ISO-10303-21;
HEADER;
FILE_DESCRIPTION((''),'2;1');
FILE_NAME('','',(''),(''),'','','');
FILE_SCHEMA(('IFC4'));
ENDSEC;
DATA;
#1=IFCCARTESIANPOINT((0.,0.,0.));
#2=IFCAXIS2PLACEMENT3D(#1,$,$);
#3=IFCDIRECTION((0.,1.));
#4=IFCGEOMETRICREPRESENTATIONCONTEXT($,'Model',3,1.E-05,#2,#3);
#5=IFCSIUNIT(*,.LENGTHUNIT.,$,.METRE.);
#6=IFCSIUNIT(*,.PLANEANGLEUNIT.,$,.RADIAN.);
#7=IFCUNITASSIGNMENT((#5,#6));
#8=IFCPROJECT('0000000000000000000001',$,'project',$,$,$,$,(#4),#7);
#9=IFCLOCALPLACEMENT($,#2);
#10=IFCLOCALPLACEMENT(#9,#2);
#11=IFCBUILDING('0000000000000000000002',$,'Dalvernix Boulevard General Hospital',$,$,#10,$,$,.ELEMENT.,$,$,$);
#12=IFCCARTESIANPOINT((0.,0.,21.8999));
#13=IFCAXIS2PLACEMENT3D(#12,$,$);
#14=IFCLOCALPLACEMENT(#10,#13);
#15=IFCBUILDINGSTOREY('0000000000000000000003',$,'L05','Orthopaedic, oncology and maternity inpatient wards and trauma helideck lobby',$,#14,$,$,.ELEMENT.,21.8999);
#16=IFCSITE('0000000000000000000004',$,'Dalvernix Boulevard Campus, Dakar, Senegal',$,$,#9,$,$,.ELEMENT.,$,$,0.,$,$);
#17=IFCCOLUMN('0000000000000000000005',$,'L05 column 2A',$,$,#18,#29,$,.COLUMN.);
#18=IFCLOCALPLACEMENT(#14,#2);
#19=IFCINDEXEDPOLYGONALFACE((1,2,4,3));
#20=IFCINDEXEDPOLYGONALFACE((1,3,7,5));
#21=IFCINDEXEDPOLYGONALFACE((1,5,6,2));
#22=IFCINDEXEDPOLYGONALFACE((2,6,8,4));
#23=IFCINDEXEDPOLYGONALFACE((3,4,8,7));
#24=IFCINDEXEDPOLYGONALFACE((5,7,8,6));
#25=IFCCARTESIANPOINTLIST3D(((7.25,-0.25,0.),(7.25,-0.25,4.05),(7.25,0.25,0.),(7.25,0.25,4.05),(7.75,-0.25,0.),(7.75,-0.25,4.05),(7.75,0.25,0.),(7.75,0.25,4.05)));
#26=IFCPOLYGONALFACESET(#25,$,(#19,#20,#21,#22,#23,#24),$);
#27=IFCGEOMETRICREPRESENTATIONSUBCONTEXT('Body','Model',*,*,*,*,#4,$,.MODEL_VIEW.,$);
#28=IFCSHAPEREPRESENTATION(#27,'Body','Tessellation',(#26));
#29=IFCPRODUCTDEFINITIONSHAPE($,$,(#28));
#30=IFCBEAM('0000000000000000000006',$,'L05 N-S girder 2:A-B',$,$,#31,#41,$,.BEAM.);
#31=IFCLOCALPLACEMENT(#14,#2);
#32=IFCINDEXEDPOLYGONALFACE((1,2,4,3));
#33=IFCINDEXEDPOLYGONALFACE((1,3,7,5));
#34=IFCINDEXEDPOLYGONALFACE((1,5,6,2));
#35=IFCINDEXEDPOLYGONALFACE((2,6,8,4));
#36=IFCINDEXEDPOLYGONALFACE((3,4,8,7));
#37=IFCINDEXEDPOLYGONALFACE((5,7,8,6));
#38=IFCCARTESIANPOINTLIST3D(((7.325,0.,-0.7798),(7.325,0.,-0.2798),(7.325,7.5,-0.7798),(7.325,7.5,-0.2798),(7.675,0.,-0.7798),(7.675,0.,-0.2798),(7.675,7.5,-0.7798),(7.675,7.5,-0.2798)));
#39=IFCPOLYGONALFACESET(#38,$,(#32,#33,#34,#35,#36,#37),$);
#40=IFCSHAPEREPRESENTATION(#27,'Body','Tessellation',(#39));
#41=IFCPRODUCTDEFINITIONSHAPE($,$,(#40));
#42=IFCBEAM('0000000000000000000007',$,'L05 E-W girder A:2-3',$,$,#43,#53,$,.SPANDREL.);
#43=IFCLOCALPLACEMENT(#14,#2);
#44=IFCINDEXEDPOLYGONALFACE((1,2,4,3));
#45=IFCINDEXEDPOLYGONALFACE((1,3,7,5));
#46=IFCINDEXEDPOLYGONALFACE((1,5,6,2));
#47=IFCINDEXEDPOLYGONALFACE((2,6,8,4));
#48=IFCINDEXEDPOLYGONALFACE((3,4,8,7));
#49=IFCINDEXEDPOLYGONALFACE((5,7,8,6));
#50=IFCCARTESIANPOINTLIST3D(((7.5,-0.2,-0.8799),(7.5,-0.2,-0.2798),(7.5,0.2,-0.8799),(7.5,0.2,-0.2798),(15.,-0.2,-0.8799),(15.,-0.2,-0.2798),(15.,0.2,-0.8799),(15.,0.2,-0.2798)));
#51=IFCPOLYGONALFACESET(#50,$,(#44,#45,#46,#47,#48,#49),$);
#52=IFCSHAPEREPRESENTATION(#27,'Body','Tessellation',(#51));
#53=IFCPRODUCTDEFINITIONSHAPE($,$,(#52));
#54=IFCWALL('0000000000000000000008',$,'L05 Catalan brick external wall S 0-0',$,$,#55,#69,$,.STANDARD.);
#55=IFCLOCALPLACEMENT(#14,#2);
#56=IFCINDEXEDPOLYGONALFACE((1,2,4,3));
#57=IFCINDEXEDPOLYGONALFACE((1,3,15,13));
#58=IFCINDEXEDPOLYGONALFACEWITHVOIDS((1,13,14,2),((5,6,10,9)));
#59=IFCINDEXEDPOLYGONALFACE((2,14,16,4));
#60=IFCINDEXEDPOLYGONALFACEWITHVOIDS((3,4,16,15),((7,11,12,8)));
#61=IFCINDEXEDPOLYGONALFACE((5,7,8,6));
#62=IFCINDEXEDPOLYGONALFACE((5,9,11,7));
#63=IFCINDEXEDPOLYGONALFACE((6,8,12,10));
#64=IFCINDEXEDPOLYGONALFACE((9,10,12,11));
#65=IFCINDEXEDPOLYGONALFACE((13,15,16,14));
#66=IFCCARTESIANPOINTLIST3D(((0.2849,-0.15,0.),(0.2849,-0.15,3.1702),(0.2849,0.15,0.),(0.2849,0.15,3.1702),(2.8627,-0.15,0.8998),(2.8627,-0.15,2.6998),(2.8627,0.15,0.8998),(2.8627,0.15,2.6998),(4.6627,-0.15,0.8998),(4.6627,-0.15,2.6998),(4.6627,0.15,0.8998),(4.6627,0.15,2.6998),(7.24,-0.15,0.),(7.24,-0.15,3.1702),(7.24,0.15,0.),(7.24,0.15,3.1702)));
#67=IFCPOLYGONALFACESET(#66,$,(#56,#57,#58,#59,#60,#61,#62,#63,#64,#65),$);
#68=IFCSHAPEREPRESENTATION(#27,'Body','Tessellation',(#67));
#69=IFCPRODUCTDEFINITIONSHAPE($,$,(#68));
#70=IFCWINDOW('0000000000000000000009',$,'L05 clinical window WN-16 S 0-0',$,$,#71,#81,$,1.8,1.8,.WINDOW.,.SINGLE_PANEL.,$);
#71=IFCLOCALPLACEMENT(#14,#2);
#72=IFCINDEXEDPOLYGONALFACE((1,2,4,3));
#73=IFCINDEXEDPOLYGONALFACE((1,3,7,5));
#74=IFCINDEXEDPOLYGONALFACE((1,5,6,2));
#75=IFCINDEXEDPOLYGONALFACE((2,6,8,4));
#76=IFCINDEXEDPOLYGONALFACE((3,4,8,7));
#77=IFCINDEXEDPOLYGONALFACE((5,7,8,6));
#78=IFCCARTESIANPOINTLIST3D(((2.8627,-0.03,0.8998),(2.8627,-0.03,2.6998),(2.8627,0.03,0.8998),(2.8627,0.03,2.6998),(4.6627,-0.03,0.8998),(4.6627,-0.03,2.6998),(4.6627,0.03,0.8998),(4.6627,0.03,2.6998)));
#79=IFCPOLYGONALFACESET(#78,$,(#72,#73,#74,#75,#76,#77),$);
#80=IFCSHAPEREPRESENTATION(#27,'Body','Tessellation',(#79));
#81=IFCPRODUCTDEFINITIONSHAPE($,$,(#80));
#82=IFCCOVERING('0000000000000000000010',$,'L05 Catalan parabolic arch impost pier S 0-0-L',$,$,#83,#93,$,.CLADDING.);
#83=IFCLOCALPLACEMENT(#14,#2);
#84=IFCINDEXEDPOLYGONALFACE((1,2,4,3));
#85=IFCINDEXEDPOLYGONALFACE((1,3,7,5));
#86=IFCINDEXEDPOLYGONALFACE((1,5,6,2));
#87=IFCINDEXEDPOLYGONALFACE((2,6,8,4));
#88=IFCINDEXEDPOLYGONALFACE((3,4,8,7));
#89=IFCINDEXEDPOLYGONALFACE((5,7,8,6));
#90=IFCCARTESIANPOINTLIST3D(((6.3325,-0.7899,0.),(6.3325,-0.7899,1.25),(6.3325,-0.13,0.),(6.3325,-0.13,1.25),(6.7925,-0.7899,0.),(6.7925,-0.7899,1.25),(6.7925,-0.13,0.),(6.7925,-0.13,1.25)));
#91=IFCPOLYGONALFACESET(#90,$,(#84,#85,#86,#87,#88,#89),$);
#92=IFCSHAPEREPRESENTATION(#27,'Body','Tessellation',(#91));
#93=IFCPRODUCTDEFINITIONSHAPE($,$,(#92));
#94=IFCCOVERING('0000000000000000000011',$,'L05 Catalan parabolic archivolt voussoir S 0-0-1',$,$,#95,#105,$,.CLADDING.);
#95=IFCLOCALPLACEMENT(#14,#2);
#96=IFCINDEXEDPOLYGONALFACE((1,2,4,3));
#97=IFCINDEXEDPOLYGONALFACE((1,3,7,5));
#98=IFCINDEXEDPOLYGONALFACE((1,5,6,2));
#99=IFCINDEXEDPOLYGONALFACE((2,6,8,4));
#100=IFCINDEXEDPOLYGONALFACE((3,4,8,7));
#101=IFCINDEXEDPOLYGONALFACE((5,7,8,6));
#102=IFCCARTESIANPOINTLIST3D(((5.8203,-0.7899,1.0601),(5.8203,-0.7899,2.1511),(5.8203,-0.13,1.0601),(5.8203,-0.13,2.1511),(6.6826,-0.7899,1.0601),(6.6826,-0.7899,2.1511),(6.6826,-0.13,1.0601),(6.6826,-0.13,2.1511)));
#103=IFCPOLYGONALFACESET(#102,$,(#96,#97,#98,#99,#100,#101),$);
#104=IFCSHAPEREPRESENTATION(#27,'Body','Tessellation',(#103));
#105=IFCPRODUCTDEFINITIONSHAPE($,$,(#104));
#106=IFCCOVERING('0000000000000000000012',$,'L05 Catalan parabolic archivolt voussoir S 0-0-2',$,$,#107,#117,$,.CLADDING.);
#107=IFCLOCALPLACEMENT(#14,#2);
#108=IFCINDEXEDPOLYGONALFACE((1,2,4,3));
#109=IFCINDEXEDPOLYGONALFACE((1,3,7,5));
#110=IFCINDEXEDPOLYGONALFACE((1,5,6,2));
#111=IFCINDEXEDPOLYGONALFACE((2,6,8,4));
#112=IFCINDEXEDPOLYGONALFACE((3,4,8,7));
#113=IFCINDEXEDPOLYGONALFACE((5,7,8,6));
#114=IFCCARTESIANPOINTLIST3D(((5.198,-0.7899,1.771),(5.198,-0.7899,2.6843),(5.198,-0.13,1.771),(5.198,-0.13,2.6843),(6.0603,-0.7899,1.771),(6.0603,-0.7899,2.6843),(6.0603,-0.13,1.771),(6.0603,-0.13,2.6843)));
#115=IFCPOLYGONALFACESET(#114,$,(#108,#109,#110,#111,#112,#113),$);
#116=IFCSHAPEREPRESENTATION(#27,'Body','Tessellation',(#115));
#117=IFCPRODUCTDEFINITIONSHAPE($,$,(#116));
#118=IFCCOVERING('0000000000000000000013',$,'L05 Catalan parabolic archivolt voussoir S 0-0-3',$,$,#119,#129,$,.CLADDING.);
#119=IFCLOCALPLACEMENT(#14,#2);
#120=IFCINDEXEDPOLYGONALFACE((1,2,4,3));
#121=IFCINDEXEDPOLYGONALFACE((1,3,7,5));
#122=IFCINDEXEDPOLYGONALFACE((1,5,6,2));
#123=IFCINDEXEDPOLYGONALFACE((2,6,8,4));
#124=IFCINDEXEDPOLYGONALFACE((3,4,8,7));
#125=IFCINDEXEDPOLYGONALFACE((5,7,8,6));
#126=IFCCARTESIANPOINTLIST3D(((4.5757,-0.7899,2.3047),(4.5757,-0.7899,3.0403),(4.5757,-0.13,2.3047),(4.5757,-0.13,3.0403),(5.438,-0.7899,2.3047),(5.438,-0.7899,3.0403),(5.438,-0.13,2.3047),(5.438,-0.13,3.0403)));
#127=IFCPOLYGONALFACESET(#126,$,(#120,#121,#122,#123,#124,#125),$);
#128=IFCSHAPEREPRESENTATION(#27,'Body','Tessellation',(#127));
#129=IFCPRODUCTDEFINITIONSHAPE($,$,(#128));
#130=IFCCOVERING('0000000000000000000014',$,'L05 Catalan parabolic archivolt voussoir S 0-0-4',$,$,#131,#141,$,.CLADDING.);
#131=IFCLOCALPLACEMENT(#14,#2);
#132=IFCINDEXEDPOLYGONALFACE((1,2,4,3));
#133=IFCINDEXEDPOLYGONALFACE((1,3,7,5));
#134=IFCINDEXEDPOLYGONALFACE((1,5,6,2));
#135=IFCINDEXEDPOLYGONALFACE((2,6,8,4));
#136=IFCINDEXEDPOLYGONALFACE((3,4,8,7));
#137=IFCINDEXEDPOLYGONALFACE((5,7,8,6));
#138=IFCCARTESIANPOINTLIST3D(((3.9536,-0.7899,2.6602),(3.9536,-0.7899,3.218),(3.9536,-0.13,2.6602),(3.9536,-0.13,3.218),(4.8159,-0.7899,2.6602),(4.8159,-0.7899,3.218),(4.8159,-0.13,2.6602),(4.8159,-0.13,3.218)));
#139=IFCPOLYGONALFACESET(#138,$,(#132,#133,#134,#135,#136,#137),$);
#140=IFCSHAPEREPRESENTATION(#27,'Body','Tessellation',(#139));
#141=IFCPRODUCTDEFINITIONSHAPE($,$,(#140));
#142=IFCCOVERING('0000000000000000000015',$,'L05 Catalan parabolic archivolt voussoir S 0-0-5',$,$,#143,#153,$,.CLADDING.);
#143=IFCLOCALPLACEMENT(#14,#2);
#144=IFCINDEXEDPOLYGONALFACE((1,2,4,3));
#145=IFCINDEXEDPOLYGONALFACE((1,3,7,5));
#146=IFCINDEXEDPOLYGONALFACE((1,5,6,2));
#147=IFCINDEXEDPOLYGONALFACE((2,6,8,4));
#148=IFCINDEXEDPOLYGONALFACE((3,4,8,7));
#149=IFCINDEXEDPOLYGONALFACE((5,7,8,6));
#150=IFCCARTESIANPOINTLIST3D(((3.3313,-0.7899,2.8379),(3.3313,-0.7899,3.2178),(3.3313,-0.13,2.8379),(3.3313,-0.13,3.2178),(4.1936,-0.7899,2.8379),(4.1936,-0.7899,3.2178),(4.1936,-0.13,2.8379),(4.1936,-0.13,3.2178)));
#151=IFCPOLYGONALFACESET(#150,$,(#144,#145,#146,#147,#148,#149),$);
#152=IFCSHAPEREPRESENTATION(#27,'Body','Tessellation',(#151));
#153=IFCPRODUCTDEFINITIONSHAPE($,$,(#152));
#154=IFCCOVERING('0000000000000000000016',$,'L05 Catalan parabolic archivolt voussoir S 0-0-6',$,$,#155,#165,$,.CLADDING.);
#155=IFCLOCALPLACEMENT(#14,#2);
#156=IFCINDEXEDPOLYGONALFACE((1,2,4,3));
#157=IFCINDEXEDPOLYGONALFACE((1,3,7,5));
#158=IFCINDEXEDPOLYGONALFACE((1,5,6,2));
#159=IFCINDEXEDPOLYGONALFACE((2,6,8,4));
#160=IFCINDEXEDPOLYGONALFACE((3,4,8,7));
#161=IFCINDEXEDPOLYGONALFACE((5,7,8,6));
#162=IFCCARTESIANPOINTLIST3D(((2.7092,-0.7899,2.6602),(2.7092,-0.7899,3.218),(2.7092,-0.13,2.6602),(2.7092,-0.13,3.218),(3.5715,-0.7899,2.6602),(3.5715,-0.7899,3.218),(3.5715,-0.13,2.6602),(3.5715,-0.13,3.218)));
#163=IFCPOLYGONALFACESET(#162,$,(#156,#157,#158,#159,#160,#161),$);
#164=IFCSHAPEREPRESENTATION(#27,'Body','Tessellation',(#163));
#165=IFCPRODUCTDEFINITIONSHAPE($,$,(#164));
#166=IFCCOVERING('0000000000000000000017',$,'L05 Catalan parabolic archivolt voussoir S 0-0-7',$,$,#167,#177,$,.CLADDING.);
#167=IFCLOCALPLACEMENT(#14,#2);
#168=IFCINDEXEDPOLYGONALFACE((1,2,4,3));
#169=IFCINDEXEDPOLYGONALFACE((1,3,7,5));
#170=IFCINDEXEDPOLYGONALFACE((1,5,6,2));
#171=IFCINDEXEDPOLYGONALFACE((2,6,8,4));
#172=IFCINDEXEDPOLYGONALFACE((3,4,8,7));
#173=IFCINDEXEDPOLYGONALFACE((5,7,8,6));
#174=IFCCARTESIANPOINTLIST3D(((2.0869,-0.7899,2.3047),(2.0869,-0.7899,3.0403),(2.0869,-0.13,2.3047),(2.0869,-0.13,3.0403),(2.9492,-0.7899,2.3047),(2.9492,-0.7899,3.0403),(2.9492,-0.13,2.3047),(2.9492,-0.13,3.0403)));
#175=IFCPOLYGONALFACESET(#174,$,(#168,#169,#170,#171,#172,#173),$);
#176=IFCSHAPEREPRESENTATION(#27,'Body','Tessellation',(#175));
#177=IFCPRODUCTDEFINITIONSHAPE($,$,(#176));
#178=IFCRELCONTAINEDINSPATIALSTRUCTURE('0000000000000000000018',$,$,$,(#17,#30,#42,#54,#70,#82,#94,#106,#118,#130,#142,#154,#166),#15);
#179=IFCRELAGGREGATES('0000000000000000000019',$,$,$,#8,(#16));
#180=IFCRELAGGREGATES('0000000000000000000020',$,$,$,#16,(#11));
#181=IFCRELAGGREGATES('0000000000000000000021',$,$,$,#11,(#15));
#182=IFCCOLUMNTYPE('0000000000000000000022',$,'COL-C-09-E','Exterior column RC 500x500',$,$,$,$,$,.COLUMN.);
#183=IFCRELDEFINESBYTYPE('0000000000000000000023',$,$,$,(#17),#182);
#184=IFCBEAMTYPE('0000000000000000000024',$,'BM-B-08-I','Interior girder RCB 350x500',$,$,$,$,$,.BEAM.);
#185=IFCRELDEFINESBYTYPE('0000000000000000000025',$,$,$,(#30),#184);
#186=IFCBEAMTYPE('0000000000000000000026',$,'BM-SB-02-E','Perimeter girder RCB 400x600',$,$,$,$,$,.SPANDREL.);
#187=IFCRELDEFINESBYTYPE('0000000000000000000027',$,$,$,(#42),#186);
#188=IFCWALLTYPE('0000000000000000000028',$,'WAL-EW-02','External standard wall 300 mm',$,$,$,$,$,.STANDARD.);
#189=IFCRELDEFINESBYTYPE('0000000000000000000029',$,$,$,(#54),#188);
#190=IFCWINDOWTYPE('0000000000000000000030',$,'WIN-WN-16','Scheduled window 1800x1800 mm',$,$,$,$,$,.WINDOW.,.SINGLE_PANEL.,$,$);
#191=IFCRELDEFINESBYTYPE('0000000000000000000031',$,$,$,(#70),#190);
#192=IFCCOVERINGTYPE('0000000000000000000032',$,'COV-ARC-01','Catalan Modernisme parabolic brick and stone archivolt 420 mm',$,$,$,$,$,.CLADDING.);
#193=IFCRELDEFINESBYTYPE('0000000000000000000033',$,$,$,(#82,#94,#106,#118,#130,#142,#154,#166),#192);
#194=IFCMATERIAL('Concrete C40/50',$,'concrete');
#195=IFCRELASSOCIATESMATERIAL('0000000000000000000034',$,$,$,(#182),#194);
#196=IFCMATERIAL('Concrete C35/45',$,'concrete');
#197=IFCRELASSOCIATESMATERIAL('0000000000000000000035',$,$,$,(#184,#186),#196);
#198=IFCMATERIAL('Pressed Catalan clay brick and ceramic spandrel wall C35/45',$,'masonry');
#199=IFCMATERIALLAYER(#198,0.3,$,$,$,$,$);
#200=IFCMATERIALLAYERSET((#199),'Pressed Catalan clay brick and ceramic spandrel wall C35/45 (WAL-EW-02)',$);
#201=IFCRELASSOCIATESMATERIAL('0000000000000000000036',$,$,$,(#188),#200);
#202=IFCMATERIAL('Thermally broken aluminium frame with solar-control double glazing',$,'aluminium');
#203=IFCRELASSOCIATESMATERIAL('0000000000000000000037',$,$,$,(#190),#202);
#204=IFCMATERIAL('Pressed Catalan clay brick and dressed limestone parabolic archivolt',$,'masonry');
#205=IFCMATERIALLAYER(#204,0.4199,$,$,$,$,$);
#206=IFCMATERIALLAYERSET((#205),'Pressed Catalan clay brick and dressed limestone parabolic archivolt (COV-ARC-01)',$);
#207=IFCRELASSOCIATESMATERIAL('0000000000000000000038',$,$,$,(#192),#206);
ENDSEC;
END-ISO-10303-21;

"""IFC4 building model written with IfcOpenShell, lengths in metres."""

from ifc_helpers import new_model, si_unit, direction, frame, frame_2d, origin, origin_2d, place, context, subcontext, project, spatial, rectangle, extrude, material, layer, layer_set, material_profile, profile_set, type_object, element, fill, save


model = new_model("IFC4")

# Units and contexts
model_context = context("Model", 3, precision=1e-05, world=origin(), true_north=direction((0.0, 1.0)))
body_context = subcontext(model_context, "Body", "Model", "MODEL_VIEW")
ifc_project = project(units=[si_unit("LENGTHUNIT", "METRE"), si_unit("PLANEANGLEUNIT", "RADIAN")], contexts=[model_context])

# Site, building, storey
site_placement = place(None, origin())
site = spatial("IfcSite", under=ifc_project, at=site_placement, Name="Dalvernix Boulevard Campus, Dakar, Senegal", CompositionType="ELEMENT", RefElevation=0.0)
building_placement = place(site_placement, origin())
building = spatial("IfcBuilding", under=site, at=building_placement, Name="Dalvernix Boulevard General Hospital", CompositionType="ELEMENT")
storey_placement = place(building_placement, frame((0.0, 0.0, 21.8999)))
storey = spatial("IfcBuildingStorey", under=building, at=storey_placement, Name="L05", Description="Orthopaedic, oncology and maternity inpatient wards and trauma helideck lobby", CompositionType="ELEMENT", Elevation=21.8999)

# Column
ifc_material_1 = material(Name="Concrete C40/50", Category="concrete")
ifc_material_profile_1 = material_profile(ifc_material_1, rectangle(XDim=0.5, YDim=0.5, at=origin_2d()), Name="RC 500x500")
ifc_profile_set_1 = profile_set([ifc_material_profile_1], Name="Concrete C40/50")
column_type = type_object("IfcColumnType", Name="COL-C-09-E", Description="Exterior column RC 500x500", PredefinedType="COLUMN", material=ifc_profile_set_1)
column_placement = place(storey_placement, frame((7.5, 0.0, 0.0), z_axis=(0.0, 0.0, 1.0), x_axis=(1.0, 0.0, 0.0)))
element("IfcColumn", 1, at=column_placement, inside=storey, type_object=column_type, Name="L05 column 2A", PredefinedType="COLUMN", context=body_context, shape_type="SweptSolid", body=[
    extrude(rectangle(XDim=0.5, YDim=0.5, at=origin_2d()), origin(), (0.0, 0.0, 1.0), 4.05),
])

# Beams
ifc_material_2 = material(Name="Concrete C35/45", Category="concrete")
ifc_material_profile_2 = material_profile(ifc_material_2, rectangle(XDim=0.3501, YDim=0.5, at=origin_2d()), Name="RCB 350x500")
ifc_profile_set_2 = profile_set([ifc_material_profile_2], Name="Concrete C35/45")
beam_type_1 = type_object("IfcBeamType", Name="BM-B-08-I", Description="Interior girder RCB 350x500", PredefinedType="BEAM", material=ifc_profile_set_2)
beam_1_placement = place(storey_placement, frame((7.5, 0.0, -0.5298), z_axis=(0.0, 1.0, 0.0), x_axis=(-1.0, 0.0, 0.0)))
element("IfcBeam", 2, at=beam_1_placement, inside=storey, type_object=beam_type_1, Name="L05 N-S girder 2:A-B", PredefinedType="BEAM", context=body_context, shape_type="SweptSolid", body=[
    extrude(rectangle(XDim=0.3501, YDim=0.5, at=origin_2d()), origin(), (0.0, 0.0, 1.0), 7.5),
])
ifc_material_profile_3 = material_profile(ifc_material_2, rectangle(XDim=0.3999, YDim=0.6001, at=origin_2d()), Name="RCB 400x600")
ifc_profile_set_3 = profile_set([ifc_material_profile_3], Name="Concrete C35/45")
beam_type_2 = type_object("IfcBeamType", Name="BM-SB-02-E", Description="Perimeter girder RCB 400x600", PredefinedType="SPANDREL", material=ifc_profile_set_3)
beam_2_placement = place(storey_placement, frame((7.5, 0.0, -0.5798), z_axis=(1.0, 0.0, 0.0), x_axis=(0.0, 1.0, 0.0)))
element("IfcBeam", 3, at=beam_2_placement, inside=storey, type_object=beam_type_2, Name="L05 E-W girder A:2-3", PredefinedType="SPANDREL", context=body_context, shape_type="SweptSolid", body=[
    extrude(rectangle(XDim=0.3999, YDim=0.6001, at=origin_2d()), origin(), (0.0, 0.0, 1.0), 7.5),
])

# Wall, opening, window
ifc_material_3 = material(Name="Pressed Catalan clay brick and ceramic spandrel wall C35/45", Category="masonry")
ifc_layer_1 = layer(ifc_material_3, 0.3)
ifc_layer_set_1 = layer_set([ifc_layer_1], Name="Pressed Catalan clay brick and ceramic spandrel wall C35/45 (WAL-EW-02)")
wall_type = type_object("IfcWallType", Name="WAL-EW-02", Description="External standard wall 300 mm", PredefinedType="STANDARD", material=ifc_layer_set_1)
wall_placement = place(storey_placement, frame((7.24, 0.0, 0.0), z_axis=(0.0, 0.0, 1.0), x_axis=(-1.0, 0.0, 0.0)))
wall = element("IfcWall", 4, at=wall_placement, inside=storey, type_object=wall_type, Name="L05 Catalan brick external wall S 0-0", PredefinedType="STANDARD", context=body_context, shape_type="SweptSolid", body=[
    extrude(rectangle(XDim=6.9551, YDim=0.3, at=frame_2d((3.4775, 0.0))), origin(), (0.0, 0.0, 1.0), 3.1702),
])
opening_placement = place(wall_placement, frame((2.5774, 0.0, 0.8999)))
opening = element("IfcOpeningElement", 5, at=opening_placement, cuts=wall, PredefinedType="OPENING", context=body_context, shape_type="SweptSolid", body=[
    extrude(rectangle(XDim=1.8, YDim=1.8, at=frame_2d((0.8999, 0.8999))), frame((0.0, 0.1599, 0.0), z_axis=(0.0, -1.0, 0.0), x_axis=(1.0, 0.0, 0.0)), (0.0, 0.0, 1.0), 0.3201),
])
ifc_material_4 = material(Name="Thermally broken aluminium frame with solar-control double glazing", Category="aluminium")
window_type = type_object("IfcWindowType", Name="WIN-WN-16", Description="Scheduled window 1800x1800 mm", PartitioningType="SINGLE_PANEL", PredefinedType="WINDOW", material=ifc_material_4)
window_placement = place(opening_placement, origin())
window = element("IfcWindow", 6, at=window_placement, inside=storey, type_object=window_type, Name="L05 clinical window WN-16 S 0-0", OverallHeight=1.8, OverallWidth=1.8, PartitioningType="SINGLE_PANEL", PredefinedType="WINDOW", context=body_context, shape_type="SweptSolid", body=[
    extrude(rectangle(XDim=1.8, YDim=1.8, at=frame_2d((0.8999, 0.8999))), frame((0.0, 0.03, 0.0), z_axis=(0.0, -1.0, 0.0), x_axis=(1.0, 0.0, 0.0)), (0.0, 0.0, 1.0), 0.0601),
])
fill(opening, window)

# Coverings
ifc_material_5 = material(Name="Pressed Catalan clay brick and dressed limestone parabolic archivolt", Category="masonry")
ifc_layer_2 = layer(ifc_material_5, 0.4199)
ifc_layer_set_2 = layer_set([ifc_layer_2], Name="Pressed Catalan clay brick and dressed limestone parabolic archivolt (COV-ARC-01)")
covering_type_1 = type_object("IfcCoveringType", Name="COV-ARC-01", Description="Catalan Modernisme parabolic brick and stone archivolt 420 mm", PredefinedType="CLADDING", material=ifc_layer_set_2)
covering_1_placement = place(storey_placement, frame((6.5625, -0.46, 0.0), z_axis=(0.0, 0.0, 1.0), x_axis=(-1.0, 0.0, 0.0)))
element("IfcCovering", 7, at=covering_1_placement, inside=storey, type_object=covering_type_1, Name="L05 Catalan parabolic arch impost pier S 0-0-L", PredefinedType="CLADDING", context=body_context, shape_type="SweptSolid", body=[
    extrude(rectangle(XDim=0.46, YDim=0.6599, at=origin_2d()), origin(), (0.0, 0.0, 1.0), 1.25),
])
covering_2_placement = place(storey_placement, frame((6.2515, -0.46, 1.0601), z_axis=(0.0, 0.0, 1.0), x_axis=(-1.0, 0.0, 0.0)))
element("IfcCovering", 8, at=covering_2_placement, inside=storey, type_object=covering_type_1, Name="L05 Catalan parabolic archivolt voussoir S 0-0-1", PredefinedType="CLADDING", context=body_context, shape_type="SweptSolid", body=[
    extrude(rectangle(XDim=0.8623, YDim=0.6599, at=origin_2d()), origin(), (0.0, 0.0, 1.0), 1.0911),
])
covering_3_placement = place(storey_placement, frame((5.6292, -0.46, 1.771), z_axis=(0.0, 0.0, 1.0), x_axis=(-1.0, 0.0, 0.0)))
element("IfcCovering", 9, at=covering_3_placement, inside=storey, type_object=covering_type_1, Name="L05 Catalan parabolic archivolt voussoir S 0-0-2", PredefinedType="CLADDING", context=body_context, shape_type="SweptSolid", body=[
    extrude(rectangle(XDim=0.8623, YDim=0.6599, at=origin_2d()), origin(), (0.0, 0.0, 1.0), 0.9133),
])
covering_4_placement = place(storey_placement, frame((5.0068, -0.46, 2.3047), z_axis=(0.0, 0.0, 1.0), x_axis=(-1.0, 0.0, 0.0)))
element("IfcCovering", 10, at=covering_4_placement, inside=storey, type_object=covering_type_1, Name="L05 Catalan parabolic archivolt voussoir S 0-0-3", PredefinedType="CLADDING", context=body_context, shape_type="SweptSolid", body=[
    extrude(rectangle(XDim=0.8623, YDim=0.6599, at=origin_2d()), origin(), (0.0, 0.0, 1.0), 0.7356),
])
covering_5_placement = place(storey_placement, frame((4.3848, -0.46, 2.6602), z_axis=(0.0, 0.0, 1.0), x_axis=(-1.0, 0.0, 0.0)))
element("IfcCovering", 11, at=covering_5_placement, inside=storey, type_object=covering_type_1, Name="L05 Catalan parabolic archivolt voussoir S 0-0-4", PredefinedType="CLADDING", context=body_context, shape_type="SweptSolid", body=[
    extrude(rectangle(XDim=0.8623, YDim=0.6599, at=origin_2d()), origin(), (0.0, 0.0, 1.0), 0.5579),
])
covering_6_placement = place(storey_placement, frame((3.7625, -0.46, 2.8379), z_axis=(0.0, 0.0, 1.0), x_axis=(-1.0, 0.0, 0.0)))
element("IfcCovering", 12, at=covering_6_placement, inside=storey, type_object=covering_type_1, Name="L05 Catalan parabolic archivolt voussoir S 0-0-5", PredefinedType="CLADDING", context=body_context, shape_type="SweptSolid", body=[
    extrude(rectangle(XDim=0.8623, YDim=0.6599, at=origin_2d()), origin(), (0.0, 0.0, 1.0), 0.3799),
])
covering_7_placement = place(storey_placement, frame((3.1404, -0.46, 2.6602), z_axis=(0.0, 0.0, 1.0), x_axis=(-1.0, 0.0, 0.0)))
element("IfcCovering", 13, at=covering_7_placement, inside=storey, type_object=covering_type_1, Name="L05 Catalan parabolic archivolt voussoir S 0-0-6", PredefinedType="CLADDING", context=body_context, shape_type="SweptSolid", body=[
    extrude(rectangle(XDim=0.8623, YDim=0.6599, at=origin_2d()), origin(), (0.0, 0.0, 1.0), 0.5579),
])
covering_8_placement = place(storey_placement, frame((2.5181, -0.46, 2.3047), z_axis=(0.0, 0.0, 1.0), x_axis=(-1.0, 0.0, 0.0)))
element("IfcCovering", 14, at=covering_8_placement, inside=storey, type_object=covering_type_1, Name="L05 Catalan parabolic archivolt voussoir S 0-0-7", PredefinedType="CLADDING", context=body_context, shape_type="SweptSolid", body=[
    extrude(rectangle(XDim=0.8623, YDim=0.6599, at=origin_2d()), origin(), (0.0, 0.0, 1.0), 0.7356),
])

save(model, "model.ifc")
